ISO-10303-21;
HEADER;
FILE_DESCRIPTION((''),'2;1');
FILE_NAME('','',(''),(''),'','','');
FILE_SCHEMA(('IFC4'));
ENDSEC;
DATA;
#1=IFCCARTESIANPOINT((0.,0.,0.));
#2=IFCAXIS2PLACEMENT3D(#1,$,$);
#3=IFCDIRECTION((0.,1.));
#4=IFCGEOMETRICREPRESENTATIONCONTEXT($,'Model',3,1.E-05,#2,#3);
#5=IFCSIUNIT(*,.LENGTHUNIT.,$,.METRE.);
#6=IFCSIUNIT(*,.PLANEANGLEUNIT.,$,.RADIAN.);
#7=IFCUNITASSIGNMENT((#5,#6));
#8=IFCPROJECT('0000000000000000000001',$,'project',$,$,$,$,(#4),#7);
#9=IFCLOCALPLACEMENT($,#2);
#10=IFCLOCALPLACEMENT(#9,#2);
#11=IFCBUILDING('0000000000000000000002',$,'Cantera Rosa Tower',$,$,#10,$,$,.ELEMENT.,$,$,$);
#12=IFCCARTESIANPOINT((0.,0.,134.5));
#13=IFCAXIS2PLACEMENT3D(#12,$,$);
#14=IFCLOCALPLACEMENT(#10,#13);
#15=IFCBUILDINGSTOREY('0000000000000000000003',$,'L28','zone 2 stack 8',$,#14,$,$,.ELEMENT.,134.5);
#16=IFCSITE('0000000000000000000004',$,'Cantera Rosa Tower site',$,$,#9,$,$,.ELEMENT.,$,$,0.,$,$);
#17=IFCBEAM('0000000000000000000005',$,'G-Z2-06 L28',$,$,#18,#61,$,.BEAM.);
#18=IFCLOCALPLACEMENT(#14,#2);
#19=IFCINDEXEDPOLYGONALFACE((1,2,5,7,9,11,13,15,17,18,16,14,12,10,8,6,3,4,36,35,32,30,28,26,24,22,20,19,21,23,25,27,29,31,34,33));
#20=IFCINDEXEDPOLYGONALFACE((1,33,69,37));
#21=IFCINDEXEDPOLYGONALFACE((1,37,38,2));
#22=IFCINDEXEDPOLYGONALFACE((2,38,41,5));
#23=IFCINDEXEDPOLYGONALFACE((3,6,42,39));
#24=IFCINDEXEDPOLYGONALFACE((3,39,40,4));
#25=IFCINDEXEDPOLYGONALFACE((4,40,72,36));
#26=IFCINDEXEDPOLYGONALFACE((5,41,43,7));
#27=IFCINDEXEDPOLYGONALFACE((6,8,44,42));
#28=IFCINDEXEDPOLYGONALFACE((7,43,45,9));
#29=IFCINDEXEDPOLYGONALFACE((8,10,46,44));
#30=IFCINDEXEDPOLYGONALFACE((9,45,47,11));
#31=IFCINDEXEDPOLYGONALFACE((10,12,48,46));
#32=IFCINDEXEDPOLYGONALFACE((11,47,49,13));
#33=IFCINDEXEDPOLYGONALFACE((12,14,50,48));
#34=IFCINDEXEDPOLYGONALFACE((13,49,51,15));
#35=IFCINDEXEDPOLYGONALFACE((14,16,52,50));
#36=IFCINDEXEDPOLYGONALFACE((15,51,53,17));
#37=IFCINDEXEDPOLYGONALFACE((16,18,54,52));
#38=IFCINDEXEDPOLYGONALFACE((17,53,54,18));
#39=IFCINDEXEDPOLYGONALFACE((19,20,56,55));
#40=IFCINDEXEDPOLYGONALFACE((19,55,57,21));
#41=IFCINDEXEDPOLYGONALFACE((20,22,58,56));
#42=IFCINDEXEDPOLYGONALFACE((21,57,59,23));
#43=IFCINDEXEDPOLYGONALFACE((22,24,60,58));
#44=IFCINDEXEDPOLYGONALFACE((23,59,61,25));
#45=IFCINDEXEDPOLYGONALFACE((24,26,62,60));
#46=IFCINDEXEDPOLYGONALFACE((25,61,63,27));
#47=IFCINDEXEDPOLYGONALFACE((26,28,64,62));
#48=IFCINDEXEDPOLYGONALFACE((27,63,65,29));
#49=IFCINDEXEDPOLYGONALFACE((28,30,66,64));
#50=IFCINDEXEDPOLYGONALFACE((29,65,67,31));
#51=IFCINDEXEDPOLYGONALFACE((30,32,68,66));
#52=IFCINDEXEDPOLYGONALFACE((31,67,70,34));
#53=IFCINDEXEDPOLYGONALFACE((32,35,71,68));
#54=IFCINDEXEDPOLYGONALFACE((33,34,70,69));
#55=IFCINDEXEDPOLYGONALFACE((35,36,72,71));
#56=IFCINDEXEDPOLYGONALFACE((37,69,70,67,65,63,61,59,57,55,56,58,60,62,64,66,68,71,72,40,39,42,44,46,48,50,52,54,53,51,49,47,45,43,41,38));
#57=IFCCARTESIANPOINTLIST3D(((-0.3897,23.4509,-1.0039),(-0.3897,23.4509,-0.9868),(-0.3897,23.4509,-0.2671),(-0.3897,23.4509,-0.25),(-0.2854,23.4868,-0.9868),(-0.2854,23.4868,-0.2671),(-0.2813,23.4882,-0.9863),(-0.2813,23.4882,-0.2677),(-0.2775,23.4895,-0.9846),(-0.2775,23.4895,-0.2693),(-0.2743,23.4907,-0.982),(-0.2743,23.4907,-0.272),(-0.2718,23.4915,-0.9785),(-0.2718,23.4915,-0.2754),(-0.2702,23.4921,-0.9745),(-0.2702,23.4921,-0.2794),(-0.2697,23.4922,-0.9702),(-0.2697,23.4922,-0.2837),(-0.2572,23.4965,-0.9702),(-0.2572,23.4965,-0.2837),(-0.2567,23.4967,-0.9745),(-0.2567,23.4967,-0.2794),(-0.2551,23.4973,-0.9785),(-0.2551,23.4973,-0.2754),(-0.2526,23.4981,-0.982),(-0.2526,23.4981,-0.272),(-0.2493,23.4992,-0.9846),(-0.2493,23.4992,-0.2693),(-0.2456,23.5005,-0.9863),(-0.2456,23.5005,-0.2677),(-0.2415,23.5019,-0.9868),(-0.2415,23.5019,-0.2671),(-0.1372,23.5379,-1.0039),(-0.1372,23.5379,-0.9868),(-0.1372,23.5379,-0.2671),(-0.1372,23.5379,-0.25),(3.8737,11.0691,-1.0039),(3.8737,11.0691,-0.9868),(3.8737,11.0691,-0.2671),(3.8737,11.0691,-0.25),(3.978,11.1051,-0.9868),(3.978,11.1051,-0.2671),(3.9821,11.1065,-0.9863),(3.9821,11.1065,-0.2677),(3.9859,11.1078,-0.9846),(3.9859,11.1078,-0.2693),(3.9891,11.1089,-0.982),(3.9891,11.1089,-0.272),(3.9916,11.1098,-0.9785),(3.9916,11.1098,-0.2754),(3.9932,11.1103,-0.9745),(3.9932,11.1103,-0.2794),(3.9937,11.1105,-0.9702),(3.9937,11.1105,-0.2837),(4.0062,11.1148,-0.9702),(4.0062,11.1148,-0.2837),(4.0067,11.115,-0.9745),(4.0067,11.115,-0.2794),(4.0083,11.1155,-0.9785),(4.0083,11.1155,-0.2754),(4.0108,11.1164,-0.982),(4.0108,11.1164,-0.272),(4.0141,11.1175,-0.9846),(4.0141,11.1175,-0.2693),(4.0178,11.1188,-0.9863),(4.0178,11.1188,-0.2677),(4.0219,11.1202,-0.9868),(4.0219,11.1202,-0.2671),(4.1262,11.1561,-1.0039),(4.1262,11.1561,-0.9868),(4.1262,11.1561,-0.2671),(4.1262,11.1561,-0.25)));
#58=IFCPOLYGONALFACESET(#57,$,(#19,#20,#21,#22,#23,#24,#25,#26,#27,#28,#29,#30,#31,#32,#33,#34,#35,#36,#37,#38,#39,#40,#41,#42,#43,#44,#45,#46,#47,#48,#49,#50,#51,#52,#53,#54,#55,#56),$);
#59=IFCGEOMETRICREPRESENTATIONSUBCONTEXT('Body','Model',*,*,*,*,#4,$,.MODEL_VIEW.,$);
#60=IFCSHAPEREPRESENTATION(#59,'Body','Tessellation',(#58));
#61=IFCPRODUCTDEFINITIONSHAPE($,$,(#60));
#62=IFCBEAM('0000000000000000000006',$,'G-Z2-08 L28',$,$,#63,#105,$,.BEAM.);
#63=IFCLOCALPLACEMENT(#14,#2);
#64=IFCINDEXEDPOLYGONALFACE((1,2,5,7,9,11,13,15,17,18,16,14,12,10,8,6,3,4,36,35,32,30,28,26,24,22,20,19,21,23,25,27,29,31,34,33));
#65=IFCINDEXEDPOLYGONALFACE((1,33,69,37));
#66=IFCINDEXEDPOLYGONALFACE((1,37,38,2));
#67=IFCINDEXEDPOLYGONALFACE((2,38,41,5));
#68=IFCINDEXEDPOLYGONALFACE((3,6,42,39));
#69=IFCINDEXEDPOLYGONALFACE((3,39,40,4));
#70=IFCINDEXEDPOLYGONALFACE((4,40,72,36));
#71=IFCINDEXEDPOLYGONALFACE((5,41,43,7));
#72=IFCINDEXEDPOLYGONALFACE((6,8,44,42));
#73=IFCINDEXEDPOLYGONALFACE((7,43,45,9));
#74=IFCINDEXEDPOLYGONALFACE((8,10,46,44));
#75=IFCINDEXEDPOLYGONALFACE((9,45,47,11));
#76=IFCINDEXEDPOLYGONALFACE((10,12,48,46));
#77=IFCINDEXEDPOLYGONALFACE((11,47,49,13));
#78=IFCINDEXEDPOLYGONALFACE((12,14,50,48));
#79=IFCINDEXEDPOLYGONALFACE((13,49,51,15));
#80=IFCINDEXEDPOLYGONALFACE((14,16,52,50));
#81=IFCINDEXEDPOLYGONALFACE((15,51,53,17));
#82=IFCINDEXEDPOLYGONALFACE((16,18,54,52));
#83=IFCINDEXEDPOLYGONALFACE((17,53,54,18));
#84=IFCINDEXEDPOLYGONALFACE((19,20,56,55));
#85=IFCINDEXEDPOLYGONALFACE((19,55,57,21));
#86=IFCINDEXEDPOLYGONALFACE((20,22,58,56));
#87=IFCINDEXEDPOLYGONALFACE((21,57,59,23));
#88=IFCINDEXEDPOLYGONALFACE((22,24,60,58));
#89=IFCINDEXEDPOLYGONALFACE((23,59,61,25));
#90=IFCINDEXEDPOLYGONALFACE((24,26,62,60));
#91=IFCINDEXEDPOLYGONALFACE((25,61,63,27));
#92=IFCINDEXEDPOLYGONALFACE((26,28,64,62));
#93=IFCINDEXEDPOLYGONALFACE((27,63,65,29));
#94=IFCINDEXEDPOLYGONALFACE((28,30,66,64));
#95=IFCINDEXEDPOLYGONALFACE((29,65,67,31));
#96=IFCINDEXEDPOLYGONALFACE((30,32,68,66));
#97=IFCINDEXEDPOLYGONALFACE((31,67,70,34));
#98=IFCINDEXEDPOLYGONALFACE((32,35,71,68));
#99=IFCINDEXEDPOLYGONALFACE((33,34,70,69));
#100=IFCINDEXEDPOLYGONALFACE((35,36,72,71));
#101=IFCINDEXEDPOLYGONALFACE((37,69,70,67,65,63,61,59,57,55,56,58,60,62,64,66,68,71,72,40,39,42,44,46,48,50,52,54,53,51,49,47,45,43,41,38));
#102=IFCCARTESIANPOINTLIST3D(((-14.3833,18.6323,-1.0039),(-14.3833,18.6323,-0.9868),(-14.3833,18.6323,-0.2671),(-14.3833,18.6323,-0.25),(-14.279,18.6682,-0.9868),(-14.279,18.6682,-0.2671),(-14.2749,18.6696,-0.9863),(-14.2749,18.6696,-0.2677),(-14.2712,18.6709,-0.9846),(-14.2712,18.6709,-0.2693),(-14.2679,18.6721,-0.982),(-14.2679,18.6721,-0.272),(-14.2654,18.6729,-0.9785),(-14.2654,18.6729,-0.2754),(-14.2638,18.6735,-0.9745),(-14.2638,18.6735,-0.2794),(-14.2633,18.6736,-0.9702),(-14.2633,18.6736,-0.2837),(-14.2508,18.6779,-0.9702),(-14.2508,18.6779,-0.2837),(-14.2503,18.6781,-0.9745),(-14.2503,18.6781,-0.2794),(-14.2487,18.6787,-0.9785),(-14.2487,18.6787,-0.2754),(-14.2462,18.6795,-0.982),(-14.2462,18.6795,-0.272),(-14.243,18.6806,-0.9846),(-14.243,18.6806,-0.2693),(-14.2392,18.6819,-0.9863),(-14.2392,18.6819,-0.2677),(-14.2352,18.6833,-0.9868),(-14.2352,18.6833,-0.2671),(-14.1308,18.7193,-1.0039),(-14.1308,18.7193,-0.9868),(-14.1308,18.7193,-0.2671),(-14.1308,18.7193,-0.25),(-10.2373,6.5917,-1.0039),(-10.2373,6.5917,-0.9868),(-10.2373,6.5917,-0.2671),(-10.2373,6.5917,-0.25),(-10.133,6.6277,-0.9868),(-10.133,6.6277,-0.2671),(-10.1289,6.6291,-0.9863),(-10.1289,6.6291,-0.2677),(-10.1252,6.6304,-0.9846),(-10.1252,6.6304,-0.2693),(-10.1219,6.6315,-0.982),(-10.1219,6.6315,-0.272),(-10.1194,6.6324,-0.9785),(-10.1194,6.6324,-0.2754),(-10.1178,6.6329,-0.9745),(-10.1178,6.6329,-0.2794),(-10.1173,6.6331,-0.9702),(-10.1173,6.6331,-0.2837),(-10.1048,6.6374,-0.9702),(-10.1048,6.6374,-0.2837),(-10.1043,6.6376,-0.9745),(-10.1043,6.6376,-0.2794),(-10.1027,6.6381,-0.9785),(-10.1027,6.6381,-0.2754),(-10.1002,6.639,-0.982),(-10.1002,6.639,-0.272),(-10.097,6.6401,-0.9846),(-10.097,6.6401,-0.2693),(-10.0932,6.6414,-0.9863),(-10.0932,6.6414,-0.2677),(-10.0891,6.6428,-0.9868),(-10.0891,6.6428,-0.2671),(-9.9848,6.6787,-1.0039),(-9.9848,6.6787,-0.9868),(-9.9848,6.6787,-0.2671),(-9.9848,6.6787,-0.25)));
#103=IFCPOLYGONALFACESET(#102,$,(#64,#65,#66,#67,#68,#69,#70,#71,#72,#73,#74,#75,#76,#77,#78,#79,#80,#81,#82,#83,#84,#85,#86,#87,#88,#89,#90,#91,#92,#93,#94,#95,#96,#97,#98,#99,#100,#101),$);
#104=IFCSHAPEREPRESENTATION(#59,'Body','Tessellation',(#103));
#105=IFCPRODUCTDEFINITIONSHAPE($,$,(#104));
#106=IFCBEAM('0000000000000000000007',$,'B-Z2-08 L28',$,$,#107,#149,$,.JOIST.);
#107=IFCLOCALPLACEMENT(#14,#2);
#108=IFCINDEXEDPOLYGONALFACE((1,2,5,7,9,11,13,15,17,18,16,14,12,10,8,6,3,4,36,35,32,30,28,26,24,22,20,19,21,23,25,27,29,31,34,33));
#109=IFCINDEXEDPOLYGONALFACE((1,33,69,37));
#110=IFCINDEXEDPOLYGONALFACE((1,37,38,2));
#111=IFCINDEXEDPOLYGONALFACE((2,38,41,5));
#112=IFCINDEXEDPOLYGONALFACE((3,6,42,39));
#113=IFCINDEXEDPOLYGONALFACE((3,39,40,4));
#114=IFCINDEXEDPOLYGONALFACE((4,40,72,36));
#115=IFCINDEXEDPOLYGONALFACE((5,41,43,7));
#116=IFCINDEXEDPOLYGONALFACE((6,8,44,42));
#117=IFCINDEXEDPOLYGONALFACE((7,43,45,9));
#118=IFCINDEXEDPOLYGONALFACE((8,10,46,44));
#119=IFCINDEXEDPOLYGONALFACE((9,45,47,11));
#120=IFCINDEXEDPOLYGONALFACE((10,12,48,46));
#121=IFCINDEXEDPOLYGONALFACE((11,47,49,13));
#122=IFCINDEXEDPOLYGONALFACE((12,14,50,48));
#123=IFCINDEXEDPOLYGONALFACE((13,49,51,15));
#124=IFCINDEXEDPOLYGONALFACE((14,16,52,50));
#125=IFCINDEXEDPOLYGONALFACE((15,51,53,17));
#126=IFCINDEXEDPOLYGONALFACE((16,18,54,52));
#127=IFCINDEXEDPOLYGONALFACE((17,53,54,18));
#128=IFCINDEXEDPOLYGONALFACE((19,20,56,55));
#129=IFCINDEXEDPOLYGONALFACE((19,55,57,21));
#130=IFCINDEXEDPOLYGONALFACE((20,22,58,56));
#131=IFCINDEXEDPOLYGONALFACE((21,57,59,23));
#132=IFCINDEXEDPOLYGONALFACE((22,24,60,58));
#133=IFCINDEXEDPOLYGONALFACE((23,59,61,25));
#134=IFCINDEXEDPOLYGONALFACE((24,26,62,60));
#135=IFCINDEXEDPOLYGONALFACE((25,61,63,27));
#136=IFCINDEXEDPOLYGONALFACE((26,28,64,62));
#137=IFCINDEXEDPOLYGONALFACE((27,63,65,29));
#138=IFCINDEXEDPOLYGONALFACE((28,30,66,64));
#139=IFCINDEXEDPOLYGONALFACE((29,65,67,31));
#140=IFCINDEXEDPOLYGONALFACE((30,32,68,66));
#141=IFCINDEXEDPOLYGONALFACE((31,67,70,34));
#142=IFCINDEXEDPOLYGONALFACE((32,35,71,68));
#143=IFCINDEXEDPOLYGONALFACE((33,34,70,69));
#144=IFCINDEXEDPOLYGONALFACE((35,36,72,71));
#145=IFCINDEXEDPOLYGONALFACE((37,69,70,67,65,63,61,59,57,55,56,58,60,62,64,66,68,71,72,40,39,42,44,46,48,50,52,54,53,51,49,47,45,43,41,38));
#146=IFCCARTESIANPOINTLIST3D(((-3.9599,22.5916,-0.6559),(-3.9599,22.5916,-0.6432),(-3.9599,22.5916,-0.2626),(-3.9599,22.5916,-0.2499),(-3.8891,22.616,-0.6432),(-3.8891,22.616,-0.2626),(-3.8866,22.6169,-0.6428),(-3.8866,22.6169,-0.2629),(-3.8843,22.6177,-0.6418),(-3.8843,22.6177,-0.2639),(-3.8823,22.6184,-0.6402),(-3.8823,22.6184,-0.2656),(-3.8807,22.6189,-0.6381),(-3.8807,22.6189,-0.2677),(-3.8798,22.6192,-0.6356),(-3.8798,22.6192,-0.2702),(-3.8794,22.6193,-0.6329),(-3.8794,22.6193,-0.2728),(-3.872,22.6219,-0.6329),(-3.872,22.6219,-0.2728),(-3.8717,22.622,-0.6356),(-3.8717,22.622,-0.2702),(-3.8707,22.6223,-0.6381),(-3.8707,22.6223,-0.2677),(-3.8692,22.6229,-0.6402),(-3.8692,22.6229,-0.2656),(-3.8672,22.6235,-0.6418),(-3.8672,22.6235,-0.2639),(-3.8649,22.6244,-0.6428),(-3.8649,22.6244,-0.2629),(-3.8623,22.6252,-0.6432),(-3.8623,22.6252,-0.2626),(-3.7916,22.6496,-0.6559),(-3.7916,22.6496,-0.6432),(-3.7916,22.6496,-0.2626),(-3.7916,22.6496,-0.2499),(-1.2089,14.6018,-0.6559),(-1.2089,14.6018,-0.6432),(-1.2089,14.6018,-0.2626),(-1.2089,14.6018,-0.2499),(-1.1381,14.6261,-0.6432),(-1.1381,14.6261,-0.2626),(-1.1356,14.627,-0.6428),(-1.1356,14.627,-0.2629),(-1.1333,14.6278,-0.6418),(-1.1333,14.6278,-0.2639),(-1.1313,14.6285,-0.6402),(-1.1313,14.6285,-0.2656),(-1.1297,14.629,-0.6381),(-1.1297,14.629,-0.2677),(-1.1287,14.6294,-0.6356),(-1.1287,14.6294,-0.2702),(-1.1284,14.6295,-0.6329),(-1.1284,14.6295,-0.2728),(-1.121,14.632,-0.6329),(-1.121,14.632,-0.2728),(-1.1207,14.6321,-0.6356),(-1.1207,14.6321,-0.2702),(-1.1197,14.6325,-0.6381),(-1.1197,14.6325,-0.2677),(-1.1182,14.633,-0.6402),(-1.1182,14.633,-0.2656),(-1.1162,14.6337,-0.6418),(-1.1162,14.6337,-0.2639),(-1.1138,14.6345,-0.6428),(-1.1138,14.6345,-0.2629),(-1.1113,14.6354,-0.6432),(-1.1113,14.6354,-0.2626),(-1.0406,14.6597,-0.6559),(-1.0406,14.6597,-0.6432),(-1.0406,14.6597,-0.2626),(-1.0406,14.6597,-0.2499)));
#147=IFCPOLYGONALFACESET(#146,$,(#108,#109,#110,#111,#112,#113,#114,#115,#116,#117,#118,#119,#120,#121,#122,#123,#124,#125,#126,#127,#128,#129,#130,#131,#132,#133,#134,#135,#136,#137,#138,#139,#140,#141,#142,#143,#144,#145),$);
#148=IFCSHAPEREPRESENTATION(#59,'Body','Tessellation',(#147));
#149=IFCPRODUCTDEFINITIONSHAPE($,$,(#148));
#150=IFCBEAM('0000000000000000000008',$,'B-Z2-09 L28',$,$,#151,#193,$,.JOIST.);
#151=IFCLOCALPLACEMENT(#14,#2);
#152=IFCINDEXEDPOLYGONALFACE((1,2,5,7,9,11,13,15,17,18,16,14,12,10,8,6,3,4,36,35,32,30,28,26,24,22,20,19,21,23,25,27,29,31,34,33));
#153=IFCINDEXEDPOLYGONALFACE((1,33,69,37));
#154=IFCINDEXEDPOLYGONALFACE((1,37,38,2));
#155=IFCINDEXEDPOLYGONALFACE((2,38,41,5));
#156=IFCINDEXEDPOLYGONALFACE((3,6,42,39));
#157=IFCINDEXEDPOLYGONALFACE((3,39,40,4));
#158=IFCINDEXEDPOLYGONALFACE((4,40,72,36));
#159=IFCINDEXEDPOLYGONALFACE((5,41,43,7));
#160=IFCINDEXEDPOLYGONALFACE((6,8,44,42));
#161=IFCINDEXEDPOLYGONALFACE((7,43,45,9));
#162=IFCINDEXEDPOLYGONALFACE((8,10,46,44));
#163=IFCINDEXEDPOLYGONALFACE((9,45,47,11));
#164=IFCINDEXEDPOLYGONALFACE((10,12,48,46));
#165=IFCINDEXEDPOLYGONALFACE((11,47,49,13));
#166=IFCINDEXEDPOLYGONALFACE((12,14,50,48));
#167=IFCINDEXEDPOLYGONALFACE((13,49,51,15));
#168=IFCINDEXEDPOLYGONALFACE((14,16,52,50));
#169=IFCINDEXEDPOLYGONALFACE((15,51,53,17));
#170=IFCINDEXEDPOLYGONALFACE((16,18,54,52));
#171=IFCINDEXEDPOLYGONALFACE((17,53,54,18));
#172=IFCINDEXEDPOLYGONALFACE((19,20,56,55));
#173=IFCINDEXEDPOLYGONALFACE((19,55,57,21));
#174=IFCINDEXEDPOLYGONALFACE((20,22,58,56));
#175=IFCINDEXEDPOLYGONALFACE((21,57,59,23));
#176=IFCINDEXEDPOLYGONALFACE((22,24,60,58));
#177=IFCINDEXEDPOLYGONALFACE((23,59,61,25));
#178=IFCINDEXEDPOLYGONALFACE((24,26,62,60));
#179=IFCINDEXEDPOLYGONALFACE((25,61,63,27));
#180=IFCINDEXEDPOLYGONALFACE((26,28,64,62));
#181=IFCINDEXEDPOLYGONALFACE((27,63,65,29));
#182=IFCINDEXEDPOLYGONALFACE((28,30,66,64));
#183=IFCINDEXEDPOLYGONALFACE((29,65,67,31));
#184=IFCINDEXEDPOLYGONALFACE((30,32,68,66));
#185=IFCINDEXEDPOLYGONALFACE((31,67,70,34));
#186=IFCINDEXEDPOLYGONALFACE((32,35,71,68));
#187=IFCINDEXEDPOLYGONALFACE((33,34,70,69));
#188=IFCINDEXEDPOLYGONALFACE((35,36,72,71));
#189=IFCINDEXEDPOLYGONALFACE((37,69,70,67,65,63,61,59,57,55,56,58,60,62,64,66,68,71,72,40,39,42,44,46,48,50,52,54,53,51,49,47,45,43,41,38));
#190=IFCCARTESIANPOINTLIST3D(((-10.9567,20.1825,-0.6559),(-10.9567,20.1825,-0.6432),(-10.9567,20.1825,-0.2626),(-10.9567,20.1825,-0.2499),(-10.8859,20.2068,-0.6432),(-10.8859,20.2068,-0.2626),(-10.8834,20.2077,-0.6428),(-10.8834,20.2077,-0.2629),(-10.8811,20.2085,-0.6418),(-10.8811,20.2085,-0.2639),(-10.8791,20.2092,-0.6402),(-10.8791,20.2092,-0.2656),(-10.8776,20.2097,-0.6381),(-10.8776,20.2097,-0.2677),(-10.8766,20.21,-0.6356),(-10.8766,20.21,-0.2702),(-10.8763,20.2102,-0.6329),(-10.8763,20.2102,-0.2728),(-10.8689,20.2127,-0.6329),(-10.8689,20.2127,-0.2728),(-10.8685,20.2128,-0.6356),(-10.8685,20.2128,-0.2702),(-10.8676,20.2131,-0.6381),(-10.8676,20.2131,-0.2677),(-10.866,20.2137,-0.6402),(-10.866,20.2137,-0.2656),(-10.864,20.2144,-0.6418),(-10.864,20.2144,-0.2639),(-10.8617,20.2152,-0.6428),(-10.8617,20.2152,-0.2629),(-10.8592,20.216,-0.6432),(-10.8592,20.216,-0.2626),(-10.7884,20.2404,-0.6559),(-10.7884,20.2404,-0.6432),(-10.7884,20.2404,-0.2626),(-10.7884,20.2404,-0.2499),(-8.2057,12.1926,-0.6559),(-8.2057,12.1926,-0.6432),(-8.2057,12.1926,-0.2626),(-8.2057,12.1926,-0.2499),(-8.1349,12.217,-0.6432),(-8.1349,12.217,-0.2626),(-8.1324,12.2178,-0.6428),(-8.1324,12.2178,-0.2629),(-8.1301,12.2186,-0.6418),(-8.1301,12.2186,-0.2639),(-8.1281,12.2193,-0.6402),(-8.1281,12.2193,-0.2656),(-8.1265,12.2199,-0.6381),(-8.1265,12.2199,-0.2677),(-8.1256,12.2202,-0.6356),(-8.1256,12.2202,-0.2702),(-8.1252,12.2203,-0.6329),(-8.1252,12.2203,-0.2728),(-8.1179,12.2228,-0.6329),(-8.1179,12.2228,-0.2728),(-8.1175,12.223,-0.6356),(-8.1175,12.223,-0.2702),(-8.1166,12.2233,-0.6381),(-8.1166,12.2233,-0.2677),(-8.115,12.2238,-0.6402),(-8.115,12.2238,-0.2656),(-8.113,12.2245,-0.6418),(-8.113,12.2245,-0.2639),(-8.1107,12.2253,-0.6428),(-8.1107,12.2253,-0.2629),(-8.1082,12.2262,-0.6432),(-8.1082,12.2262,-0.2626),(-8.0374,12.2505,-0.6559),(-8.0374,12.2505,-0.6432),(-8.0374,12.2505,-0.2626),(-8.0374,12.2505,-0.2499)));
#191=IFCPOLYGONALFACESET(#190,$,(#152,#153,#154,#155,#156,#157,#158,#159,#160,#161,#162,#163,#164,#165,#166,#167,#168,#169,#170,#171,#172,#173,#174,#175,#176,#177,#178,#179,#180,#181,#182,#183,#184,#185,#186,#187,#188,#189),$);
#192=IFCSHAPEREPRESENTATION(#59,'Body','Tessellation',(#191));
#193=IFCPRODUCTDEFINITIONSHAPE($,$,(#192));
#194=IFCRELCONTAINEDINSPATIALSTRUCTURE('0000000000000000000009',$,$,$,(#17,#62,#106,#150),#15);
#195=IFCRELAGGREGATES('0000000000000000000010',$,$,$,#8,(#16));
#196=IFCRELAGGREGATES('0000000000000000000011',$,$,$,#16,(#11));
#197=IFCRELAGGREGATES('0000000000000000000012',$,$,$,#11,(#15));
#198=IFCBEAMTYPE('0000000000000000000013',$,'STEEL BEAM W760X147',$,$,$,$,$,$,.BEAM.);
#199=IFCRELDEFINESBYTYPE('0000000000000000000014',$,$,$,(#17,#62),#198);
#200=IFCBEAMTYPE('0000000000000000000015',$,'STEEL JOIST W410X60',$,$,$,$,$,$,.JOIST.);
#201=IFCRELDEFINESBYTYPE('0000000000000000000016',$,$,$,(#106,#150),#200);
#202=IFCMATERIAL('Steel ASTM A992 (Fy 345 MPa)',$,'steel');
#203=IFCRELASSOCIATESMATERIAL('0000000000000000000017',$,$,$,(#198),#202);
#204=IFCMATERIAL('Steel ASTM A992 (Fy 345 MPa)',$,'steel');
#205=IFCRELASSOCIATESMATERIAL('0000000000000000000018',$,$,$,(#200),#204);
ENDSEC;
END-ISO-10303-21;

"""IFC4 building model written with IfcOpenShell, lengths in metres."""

from ifc_helpers import new_model, si_unit, direction, frame, origin, origin_2d, place, context, subcontext, project, spatial, i_section, extrude, material, material_profile, profile_set, type_object, element, save


model = new_model("IFC4")

# Units and contexts
model_context = context("Model", 3, precision=1e-05, world=origin(), true_north=direction((0.0, 1.0)))
body_context = subcontext(model_context, "Body", "Model", "MODEL_VIEW")
ifc_project = project(units=[si_unit("LENGTHUNIT", "METRE"), si_unit("PLANEANGLEUNIT", "RADIAN")], contexts=[model_context])

# Site, building, storey
site_placement = place(None, origin())
site = spatial("IfcSite", under=ifc_project, at=site_placement, Name="Cantera Rosa Tower site", CompositionType="ELEMENT", RefElevation=0.0)
building_placement = place(site_placement, origin())
building = spatial("IfcBuilding", under=site, at=building_placement, Name="Cantera Rosa Tower", CompositionType="ELEMENT")
storey_placement = place(building_placement, frame((0.0, 0.0, 134.5)))
storey = spatial("IfcBuildingStorey", under=building, at=storey_placement, Name="L28", Description="zone 2 stack 8", CompositionType="ELEMENT", Elevation=134.5)

# Beams
ifc_material_1 = material(Name="Steel ASTM A992 (Fy 345 MPa)", Category="steel")
ifc_material_profile_1 = material_profile(ifc_material_1, i_section(OverallWidth=0.2671, OverallDepth=0.7539, WebThickness=0.0132, FlangeThickness=0.0171, FilletRadius=0.0166, at=origin_2d()), Name="W760X147")
ifc_profile_set_1 = profile_set([ifc_material_profile_1], Name="Steel ASTM A992 (Fy 345 MPa)")
beam_type_1 = type_object("IfcBeamType", Name="STEEL BEAM W760X147", PredefinedType="BEAM", material=ifc_profile_set_1)
beam_1_placement = place(storey_placement, frame((-0.2634, 23.4944, -0.627), z_axis=(0.32557, -0.945518, 0.0), x_axis=(0.945518, 0.32557, 0.0)))
element("IfcBeam", 1, at=beam_1_placement, inside=storey, type_object=beam_type_1, Name="G-Z2-06 L28", PredefinedType="BEAM", context=body_context, shape_type="SweptSolid", body=[
    extrude(i_section(OverallWidth=0.2671, OverallDepth=0.7539, WebThickness=0.0132, FlangeThickness=0.0171, FilletRadius=0.0166, at=origin_2d()), origin(), (0.0, 0.0, 1.0), 13.0952),
])
beam_2_placement = place(storey_placement, frame((-14.2571, 18.6758, -0.627), z_axis=(0.325576, -0.945516, 0.0), x_axis=(0.945516, 0.325576, 0.0)))
element("IfcBeam", 2, at=beam_2_placement, inside=storey, type_object=beam_type_1, Name="G-Z2-08 L28", PredefinedType="BEAM", context=body_context, shape_type="SweptSolid", body=[
    extrude(i_section(OverallWidth=0.2671, OverallDepth=0.7539, WebThickness=0.0132, FlangeThickness=0.0171, FilletRadius=0.0166, at=origin_2d()), origin(), (0.0, 0.0, 1.0), 12.7344),
])
ifc_material_2 = material(Name="Steel ASTM A992 (Fy 345 MPa)", Category="steel")
ifc_material_profile_2 = material_profile(ifc_material_2, i_section(OverallWidth=0.178, OverallDepth=0.406, WebThickness=0.0078, FlangeThickness=0.0127, FilletRadius=0.0103, at=origin_2d()), Name="W410X60")
ifc_profile_set_2 = profile_set([ifc_material_profile_2], Name="Steel ASTM A992 (Fy 345 MPa)")
beam_type_2 = type_object("IfcBeamType", Name="STEEL JOIST W410X60", PredefinedType="JOIST", material=ifc_profile_set_2)
for number, where, z_axis, x_axis, name in (
    (3, (-3.8757, 22.6206, -0.4529), (0.325556, -0.945523, 0.0), (0.945523, 0.325556, 0.0), "B-Z2-08 L28"),
    (4, (-10.8726, 20.2114, -0.4529), (0.325556, -0.945523, 0.0), (0.945523, 0.325556, 0.0), "B-Z2-09 L28"),
):
    element("IfcBeam", number, at=place(storey_placement, frame(where, z_axis=z_axis, x_axis=x_axis)), inside=storey, type_object=beam_type_2, Name=name, PredefinedType="JOIST", context=body_context, shape_type="SweptSolid", body=[
        extrude(i_section(OverallWidth=0.178, OverallDepth=0.406, WebThickness=0.0078, FlangeThickness=0.0127, FilletRadius=0.0103, at=origin_2d()), origin(), (0.0, 0.0, 1.0), 8.4502),
    ])

save(model, "model.ifc")
